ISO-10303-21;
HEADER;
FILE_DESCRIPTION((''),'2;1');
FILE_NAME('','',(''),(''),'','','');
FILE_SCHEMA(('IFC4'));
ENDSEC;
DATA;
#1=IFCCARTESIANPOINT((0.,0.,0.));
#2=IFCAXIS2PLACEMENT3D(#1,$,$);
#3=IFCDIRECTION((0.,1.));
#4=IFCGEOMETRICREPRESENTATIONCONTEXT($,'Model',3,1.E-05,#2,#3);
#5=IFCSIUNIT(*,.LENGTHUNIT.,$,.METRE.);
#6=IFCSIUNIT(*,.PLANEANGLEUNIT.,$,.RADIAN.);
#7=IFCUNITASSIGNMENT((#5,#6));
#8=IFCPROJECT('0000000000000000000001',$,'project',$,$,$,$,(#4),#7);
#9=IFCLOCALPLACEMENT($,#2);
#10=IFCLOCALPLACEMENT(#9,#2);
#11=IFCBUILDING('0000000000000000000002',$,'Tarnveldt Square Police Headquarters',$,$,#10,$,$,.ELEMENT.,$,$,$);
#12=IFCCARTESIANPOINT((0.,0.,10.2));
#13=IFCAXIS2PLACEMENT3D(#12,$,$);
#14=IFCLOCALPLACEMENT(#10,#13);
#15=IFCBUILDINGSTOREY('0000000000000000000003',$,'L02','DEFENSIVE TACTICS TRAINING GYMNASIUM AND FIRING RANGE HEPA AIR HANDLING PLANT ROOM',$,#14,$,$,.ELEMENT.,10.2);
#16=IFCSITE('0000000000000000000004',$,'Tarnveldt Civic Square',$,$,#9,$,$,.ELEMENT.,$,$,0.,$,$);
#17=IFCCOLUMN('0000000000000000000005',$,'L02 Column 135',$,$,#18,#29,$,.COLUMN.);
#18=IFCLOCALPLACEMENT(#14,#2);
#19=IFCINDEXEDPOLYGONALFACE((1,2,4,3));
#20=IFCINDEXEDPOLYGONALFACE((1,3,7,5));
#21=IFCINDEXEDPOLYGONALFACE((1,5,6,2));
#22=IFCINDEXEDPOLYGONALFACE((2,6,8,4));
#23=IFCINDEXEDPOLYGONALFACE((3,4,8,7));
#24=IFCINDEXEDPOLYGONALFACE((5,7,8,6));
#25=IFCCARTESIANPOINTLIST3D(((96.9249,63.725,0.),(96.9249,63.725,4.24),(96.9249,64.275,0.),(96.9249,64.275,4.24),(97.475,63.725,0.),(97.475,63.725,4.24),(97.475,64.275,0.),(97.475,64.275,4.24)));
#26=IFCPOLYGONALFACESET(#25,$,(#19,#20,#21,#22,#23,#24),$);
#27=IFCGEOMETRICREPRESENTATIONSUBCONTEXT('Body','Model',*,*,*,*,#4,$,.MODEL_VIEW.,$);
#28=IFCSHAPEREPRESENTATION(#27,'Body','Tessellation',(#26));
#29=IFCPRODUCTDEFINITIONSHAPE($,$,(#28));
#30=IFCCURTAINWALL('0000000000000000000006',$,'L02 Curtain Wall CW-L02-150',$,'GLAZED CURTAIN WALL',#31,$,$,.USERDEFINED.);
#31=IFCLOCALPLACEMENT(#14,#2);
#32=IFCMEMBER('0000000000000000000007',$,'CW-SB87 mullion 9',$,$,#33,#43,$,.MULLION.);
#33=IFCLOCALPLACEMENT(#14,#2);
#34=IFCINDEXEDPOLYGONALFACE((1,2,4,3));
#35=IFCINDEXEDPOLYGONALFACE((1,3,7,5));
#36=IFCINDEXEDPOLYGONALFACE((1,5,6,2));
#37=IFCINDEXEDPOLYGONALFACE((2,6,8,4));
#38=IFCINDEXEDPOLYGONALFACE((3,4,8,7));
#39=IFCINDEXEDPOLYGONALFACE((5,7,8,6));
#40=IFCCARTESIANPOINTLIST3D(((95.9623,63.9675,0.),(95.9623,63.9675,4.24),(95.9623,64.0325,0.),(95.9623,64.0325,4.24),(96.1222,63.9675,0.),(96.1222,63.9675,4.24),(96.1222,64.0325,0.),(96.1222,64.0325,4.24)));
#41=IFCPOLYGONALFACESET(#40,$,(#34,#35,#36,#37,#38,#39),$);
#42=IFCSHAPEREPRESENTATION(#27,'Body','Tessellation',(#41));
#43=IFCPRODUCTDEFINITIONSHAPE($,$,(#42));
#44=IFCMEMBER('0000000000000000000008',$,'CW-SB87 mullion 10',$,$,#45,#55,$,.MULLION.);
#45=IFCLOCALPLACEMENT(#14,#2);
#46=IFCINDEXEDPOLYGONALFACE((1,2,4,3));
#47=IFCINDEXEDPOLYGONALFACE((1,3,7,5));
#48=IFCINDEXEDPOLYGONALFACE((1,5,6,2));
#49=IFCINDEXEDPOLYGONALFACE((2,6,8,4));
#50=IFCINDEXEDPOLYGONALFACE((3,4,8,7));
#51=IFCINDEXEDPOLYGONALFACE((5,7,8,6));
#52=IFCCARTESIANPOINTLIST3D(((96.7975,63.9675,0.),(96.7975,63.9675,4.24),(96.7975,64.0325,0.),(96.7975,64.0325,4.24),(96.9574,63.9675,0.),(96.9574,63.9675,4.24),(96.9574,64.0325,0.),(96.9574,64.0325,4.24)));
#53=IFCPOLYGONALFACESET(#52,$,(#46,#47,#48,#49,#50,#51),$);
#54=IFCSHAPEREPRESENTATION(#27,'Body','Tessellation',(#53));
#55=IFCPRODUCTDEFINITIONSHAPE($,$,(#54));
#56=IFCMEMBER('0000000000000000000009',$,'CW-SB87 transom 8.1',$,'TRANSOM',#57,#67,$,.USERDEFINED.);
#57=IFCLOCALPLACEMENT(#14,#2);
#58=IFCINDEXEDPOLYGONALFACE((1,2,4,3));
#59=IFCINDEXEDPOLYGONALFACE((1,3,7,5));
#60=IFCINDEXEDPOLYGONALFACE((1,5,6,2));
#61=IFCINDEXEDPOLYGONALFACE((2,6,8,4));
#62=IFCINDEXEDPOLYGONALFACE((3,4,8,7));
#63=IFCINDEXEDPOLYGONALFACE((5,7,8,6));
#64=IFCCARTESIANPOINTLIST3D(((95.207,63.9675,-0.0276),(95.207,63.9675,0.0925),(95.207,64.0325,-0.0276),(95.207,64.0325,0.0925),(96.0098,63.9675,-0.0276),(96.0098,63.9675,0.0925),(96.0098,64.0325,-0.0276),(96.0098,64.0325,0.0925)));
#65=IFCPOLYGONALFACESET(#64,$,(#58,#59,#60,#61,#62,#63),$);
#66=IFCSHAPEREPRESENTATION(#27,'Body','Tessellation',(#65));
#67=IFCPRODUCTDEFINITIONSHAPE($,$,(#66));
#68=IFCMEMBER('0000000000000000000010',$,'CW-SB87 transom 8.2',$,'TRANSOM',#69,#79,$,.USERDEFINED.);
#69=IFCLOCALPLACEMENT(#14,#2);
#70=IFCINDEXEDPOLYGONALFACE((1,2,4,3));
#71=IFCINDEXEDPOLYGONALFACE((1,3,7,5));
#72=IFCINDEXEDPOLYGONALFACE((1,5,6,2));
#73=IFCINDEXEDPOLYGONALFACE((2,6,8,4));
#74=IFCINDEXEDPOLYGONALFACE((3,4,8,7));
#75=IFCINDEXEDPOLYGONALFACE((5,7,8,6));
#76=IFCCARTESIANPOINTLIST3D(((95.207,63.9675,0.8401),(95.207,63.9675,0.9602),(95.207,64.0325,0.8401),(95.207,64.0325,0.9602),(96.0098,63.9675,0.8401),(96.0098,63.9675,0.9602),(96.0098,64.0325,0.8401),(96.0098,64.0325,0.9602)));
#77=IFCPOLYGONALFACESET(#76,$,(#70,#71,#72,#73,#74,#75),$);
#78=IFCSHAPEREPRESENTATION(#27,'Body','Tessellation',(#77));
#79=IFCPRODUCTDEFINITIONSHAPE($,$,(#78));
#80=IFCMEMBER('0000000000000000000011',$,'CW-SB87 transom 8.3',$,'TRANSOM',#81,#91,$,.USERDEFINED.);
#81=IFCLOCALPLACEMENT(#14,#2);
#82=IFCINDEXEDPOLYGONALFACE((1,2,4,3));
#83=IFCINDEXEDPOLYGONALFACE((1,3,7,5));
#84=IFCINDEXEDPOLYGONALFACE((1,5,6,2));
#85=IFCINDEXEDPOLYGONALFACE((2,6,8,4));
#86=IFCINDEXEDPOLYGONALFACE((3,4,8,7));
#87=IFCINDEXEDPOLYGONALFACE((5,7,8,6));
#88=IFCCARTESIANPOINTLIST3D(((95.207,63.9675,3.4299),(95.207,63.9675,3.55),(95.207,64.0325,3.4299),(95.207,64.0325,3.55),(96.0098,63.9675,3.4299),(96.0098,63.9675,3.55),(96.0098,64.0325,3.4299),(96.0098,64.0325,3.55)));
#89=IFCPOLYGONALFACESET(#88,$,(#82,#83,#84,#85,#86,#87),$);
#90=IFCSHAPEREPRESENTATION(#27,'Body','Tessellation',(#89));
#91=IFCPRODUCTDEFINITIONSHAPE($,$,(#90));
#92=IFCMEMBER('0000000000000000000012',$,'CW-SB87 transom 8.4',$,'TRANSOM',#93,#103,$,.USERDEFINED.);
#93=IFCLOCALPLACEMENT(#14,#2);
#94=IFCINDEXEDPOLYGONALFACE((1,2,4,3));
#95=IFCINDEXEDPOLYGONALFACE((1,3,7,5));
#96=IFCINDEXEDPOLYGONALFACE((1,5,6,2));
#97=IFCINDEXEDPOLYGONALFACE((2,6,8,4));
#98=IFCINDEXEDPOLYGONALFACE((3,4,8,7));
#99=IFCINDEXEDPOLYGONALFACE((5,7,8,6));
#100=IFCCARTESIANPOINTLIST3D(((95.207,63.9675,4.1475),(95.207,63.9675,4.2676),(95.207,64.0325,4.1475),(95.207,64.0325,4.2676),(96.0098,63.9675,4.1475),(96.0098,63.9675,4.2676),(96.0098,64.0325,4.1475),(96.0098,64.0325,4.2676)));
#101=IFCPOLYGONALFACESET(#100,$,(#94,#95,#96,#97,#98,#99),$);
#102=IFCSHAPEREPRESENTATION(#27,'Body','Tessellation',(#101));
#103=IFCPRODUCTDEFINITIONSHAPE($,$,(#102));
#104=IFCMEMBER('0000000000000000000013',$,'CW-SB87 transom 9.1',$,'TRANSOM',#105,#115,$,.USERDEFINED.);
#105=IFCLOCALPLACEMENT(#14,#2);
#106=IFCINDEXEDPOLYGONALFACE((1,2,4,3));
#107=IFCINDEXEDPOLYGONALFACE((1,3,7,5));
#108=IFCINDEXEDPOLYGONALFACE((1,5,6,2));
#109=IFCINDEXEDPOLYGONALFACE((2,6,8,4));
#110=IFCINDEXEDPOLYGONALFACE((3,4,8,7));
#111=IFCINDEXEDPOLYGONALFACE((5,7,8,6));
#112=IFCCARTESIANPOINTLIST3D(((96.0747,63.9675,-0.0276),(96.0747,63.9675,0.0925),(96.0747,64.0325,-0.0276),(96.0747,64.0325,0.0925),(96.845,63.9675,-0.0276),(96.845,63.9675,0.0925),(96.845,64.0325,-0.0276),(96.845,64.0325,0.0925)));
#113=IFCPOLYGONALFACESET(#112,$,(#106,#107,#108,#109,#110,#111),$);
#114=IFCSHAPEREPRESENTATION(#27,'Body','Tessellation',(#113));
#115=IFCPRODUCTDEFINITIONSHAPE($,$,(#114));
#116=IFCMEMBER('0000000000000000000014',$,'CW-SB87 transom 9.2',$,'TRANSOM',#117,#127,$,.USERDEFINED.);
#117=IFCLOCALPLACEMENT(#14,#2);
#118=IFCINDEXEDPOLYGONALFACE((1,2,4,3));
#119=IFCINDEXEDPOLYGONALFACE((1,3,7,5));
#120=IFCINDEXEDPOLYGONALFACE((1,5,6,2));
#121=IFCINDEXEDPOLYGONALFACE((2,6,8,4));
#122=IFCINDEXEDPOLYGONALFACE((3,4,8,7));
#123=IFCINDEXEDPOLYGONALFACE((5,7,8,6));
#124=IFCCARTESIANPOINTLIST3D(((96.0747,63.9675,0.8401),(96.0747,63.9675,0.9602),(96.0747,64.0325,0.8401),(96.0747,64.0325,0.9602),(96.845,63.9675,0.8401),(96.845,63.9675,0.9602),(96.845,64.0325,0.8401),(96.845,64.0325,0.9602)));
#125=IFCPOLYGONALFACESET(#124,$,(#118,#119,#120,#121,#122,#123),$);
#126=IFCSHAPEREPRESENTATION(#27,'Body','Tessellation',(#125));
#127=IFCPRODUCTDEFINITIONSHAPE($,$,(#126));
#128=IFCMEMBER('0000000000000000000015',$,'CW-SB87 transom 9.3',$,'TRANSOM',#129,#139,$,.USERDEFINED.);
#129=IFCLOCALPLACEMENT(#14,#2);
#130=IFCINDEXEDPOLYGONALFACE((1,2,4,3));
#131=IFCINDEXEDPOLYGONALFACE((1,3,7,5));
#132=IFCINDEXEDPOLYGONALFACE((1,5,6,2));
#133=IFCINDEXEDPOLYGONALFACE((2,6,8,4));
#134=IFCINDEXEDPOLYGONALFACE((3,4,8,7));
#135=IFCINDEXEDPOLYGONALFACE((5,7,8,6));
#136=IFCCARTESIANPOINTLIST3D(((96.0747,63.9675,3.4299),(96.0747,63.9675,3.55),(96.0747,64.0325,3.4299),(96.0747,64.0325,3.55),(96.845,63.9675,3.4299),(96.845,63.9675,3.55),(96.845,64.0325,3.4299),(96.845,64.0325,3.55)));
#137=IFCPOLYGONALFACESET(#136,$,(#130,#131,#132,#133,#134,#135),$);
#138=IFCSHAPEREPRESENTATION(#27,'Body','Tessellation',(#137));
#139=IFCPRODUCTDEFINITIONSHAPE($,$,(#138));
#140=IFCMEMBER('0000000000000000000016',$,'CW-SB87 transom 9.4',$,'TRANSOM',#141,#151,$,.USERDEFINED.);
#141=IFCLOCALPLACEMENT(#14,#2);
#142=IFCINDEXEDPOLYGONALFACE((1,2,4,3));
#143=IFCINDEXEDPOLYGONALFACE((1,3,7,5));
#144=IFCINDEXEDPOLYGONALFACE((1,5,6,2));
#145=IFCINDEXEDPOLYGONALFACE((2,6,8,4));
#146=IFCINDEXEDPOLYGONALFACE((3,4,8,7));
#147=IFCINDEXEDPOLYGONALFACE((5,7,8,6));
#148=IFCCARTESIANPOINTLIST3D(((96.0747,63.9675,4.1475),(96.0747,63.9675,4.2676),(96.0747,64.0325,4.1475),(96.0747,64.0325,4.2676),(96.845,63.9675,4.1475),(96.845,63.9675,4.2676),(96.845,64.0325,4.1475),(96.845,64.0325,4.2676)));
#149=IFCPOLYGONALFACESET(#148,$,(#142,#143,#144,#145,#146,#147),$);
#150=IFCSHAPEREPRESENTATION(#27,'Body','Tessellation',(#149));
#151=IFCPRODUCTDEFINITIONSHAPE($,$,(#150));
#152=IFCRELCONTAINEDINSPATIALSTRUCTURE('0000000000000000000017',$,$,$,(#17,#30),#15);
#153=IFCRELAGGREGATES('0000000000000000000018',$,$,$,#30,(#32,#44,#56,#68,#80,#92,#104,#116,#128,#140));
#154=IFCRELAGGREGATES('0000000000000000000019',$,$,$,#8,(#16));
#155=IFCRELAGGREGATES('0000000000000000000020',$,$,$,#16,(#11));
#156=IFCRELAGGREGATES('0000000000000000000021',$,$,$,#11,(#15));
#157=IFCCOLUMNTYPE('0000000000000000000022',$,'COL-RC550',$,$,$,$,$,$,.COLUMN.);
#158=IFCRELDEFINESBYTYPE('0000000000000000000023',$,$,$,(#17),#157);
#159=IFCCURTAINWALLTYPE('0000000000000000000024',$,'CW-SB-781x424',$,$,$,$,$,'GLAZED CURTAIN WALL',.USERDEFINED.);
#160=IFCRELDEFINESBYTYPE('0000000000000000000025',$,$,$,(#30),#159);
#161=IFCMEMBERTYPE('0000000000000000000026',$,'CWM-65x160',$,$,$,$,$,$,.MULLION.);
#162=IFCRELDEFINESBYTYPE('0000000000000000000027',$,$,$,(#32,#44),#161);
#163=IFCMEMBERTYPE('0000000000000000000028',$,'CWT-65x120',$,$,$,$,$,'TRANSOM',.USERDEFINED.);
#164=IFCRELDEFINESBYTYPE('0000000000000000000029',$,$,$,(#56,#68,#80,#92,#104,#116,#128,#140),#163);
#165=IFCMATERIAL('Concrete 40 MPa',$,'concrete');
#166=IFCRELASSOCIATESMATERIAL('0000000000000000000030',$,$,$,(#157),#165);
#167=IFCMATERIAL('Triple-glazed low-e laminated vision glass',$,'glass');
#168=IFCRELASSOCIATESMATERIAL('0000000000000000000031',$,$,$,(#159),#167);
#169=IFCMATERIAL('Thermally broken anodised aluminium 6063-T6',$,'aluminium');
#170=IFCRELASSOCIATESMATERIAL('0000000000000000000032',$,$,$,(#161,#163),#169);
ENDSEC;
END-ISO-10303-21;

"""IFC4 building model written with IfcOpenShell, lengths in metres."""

from ifc_helpers import new_model, si_unit, direction, frame, origin, origin_2d, place, context, subcontext, project, spatial, rectangle, extrude, material, material_profile, profile_set, type_object, element, aggregate, save


model = new_model("IFC4")

# Units and contexts
model_context = context("Model", 3, precision=1e-05, world=origin(), true_north=direction((0.0, 1.0)))
body_context = subcontext(model_context, "Body", "Model", "MODEL_VIEW")
ifc_project = project(units=[si_unit("LENGTHUNIT", "METRE"), si_unit("PLANEANGLEUNIT", "RADIAN")], contexts=[model_context])

# Site, building, storey
site_placement = place(None, origin())
site = spatial("IfcSite", under=ifc_project, at=site_placement, Name="Tarnveldt Civic Square", CompositionType="ELEMENT", RefElevation=0.0)
building_placement = place(site_placement, origin())
building = spatial("IfcBuilding", under=site, at=building_placement, Name="Tarnveldt Square Police Headquarters", CompositionType="ELEMENT")
storey_placement = place(building_placement, frame((0.0, 0.0, 10.2)))
storey = spatial("IfcBuildingStorey", under=building, at=storey_placement, Name="L02", Description="DEFENSIVE TACTICS TRAINING GYMNASIUM AND FIRING RANGE HEPA AIR HANDLING PLANT ROOM", CompositionType="ELEMENT", Elevation=10.2)

# Column
ifc_material_1 = material(Name="Concrete 40 MPa", Category="concrete")
ifc_material_profile_1 = material_profile(ifc_material_1, rectangle(XDim=0.55, YDim=0.55, at=origin_2d()), Name="RC-C550x550")
ifc_profile_set_1 = profile_set([ifc_material_profile_1], Name="Concrete 40 MPa")
column_type = type_object("IfcColumnType", Name="COL-RC550", PredefinedType="COLUMN", material=ifc_profile_set_1)
column_placement = place(storey_placement, frame((97.2, 64.0, 0.0), z_axis=(0.0, 0.0, 1.0), x_axis=(1.0, 0.0, 0.0)))
element("IfcColumn", 1, at=column_placement, inside=storey, type_object=column_type, Name="L02 Column 135", PredefinedType="COLUMN", context=body_context, shape_type="SweptSolid", body=[
    extrude(rectangle(XDim=0.55, YDim=0.55, at=origin_2d()), origin(), (0.0, 0.0, 1.0), 4.24),
])

# Curtain wall, members
ifc_material_2 = material(Name="Triple-glazed low-e laminated vision glass", Category="glass")
curtain_wall_type = type_object("IfcCurtainWallType", Name="CW-SB-781x424", ElementType="GLAZED CURTAIN WALL", PredefinedType="USERDEFINED", material=ifc_material_2)
curtain_wall_placement = place(storey_placement, origin())
curtain_wall = element("IfcCurtainWall", 2, at=curtain_wall_placement, inside=storey, type_object=curtain_wall_type, Name="L02 Curtain Wall CW-L02-150", ObjectType="GLAZED CURTAIN WALL", PredefinedType="USERDEFINED")
ifc_material_3 = material(Name="Thermally broken anodised aluminium 6063-T6", Category="aluminium")
ifc_material_profile_2 = material_profile(ifc_material_3, rectangle(XDim=0.0649, YDim=0.1599, at=origin_2d()), Name="CW-M65x160")
ifc_profile_set_2 = profile_set([ifc_material_profile_2], Name="Thermally broken anodised aluminium 6063-T6")
member_type_1 = type_object("IfcMemberType", Name="CWM-65x160", PredefinedType="MULLION", material=ifc_profile_set_2)
member_1_placement = place(storey_placement, frame((96.0422, 64.0, 0.0), z_axis=(0.0, 0.0, 1.0), x_axis=(0.0, 1.0, 0.0)))
member_1 = element("IfcMember", 3, at=member_1_placement, type_object=member_type_1, Name="CW-SB87 mullion 9", PredefinedType="MULLION", context=body_context, shape_type="SweptSolid", body=[
    extrude(rectangle(XDim=0.0649, YDim=0.1599, at=origin_2d()), origin(), (0.0, 0.0, 1.0), 4.24),
])
member_2_placement = place(storey_placement, frame((96.8774, 64.0, 0.0), z_axis=(0.0, 0.0, 1.0), x_axis=(0.0, 1.0, 0.0)))
member_2 = element("IfcMember", 4, at=member_2_placement, type_object=member_type_1, Name="CW-SB87 mullion 10", PredefinedType="MULLION", context=body_context, shape_type="SweptSolid", body=[
    extrude(rectangle(XDim=0.0649, YDim=0.1599, at=origin_2d()), origin(), (0.0, 0.0, 1.0), 4.24),
])
ifc_material_profile_3 = material_profile(ifc_material_3, rectangle(XDim=0.0649, YDim=0.1201, at=origin_2d()), Name="CW-T65x120")
ifc_profile_set_3 = profile_set([ifc_material_profile_3], Name="Thermally broken anodised aluminium 6063-T6")
member_type_2 = type_object("IfcMemberType", Name="CWT-65x120", ElementType="TRANSOM", PredefinedType="USERDEFINED", material=ifc_profile_set_3)
member_3_placement = place(storey_placement, frame((95.207, 64.0, 0.0325), z_axis=(1.0, 0.0, 0.0), x_axis=(0.0, 1.0, 0.0)))
member_3 = element("IfcMember", 5, at=member_3_placement, type_object=member_type_2, Name="CW-SB87 transom 8.1", ObjectType="TRANSOM", PredefinedType="USERDEFINED", context=body_context, shape_type="SweptSolid", body=[
    extrude(rectangle(XDim=0.0649, YDim=0.1201, at=origin_2d()), origin(), (0.0, 0.0, 1.0), 0.8027),
])
member_4_placement = place(storey_placement, frame((95.207, 64.0, 0.9001), z_axis=(1.0, 0.0, 0.0), x_axis=(0.0, 1.0, 0.0)))
member_4 = element("IfcMember", 6, at=member_4_placement, type_object=member_type_2, Name="CW-SB87 transom 8.2", ObjectType="TRANSOM", PredefinedType="USERDEFINED", context=body_context, shape_type="SweptSolid", body=[
    extrude(rectangle(XDim=0.0649, YDim=0.1201, at=origin_2d()), origin(), (0.0, 0.0, 1.0), 0.8027),
])
member_5_placement = place(storey_placement, frame((95.207, 64.0, 3.49), z_axis=(1.0, 0.0, 0.0), x_axis=(0.0, 1.0, 0.0)))
member_5 = element("IfcMember", 7, at=member_5_placement, type_object=member_type_2, Name="CW-SB87 transom 8.3", ObjectType="TRANSOM", PredefinedType="USERDEFINED", context=body_context, shape_type="SweptSolid", body=[
    extrude(rectangle(XDim=0.0649, YDim=0.1201, at=origin_2d()), origin(), (0.0, 0.0, 1.0), 0.8027),
])
member_6_placement = place(storey_placement, frame((95.207, 64.0, 4.2075), z_axis=(1.0, 0.0, 0.0), x_axis=(0.0, 1.0, 0.0)))
member_6 = element("IfcMember", 8, at=member_6_placement, type_object=member_type_2, Name="CW-SB87 transom 8.4", ObjectType="TRANSOM", PredefinedType="USERDEFINED", context=body_context, shape_type="SweptSolid", body=[
    extrude(rectangle(XDim=0.0649, YDim=0.1201, at=origin_2d()), origin(), (0.0, 0.0, 1.0), 0.8027),
])
member_7_placement = place(storey_placement, frame((96.0747, 64.0, 0.0325), z_axis=(1.0, 0.0, 0.0), x_axis=(0.0, 1.0, 0.0)))
member_7 = element("IfcMember", 9, at=member_7_placement, type_object=member_type_2, Name="CW-SB87 transom 9.1", ObjectType="TRANSOM", PredefinedType="USERDEFINED", context=body_context, shape_type="SweptSolid", body=[
    extrude(rectangle(XDim=0.0649, YDim=0.1201, at=origin_2d()), origin(), (0.0, 0.0, 1.0), 0.7703),
])
member_8_placement = place(storey_placement, frame((96.0747, 64.0, 0.9001), z_axis=(1.0, 0.0, 0.0), x_axis=(0.0, 1.0, 0.0)))
member_8 = element("IfcMember", 10, at=member_8_placement, type_object=member_type_2, Name="CW-SB87 transom 9.2", ObjectType="TRANSOM", PredefinedType="USERDEFINED", context=body_context, shape_type="SweptSolid", body=[
    extrude(rectangle(XDim=0.0649, YDim=0.1201, at=origin_2d()), origin(), (0.0, 0.0, 1.0), 0.7703),
])
member_9_placement = place(storey_placement, frame((96.0747, 64.0, 3.49), z_axis=(1.0, 0.0, 0.0), x_axis=(0.0, 1.0, 0.0)))
member_9 = element("IfcMember", 11, at=member_9_placement, type_object=member_type_2, Name="CW-SB87 transom 9.3", ObjectType="TRANSOM", PredefinedType="USERDEFINED", context=body_context, shape_type="SweptSolid", body=[
    extrude(rectangle(XDim=0.0649, YDim=0.1201, at=origin_2d()), origin(), (0.0, 0.0, 1.0), 0.7703),
])
member_10_placement = place(storey_placement, frame((96.0747, 64.0, 4.2075), z_axis=(1.0, 0.0, 0.0), x_axis=(0.0, 1.0, 0.0)))
member_10 = element("IfcMember", 12, at=member_10_placement, type_object=member_type_2, Name="CW-SB87 transom 9.4", ObjectType="TRANSOM", PredefinedType="USERDEFINED", context=body_context, shape_type="SweptSolid", body=[
    extrude(rectangle(XDim=0.0649, YDim=0.1201, at=origin_2d()), origin(), (0.0, 0.0, 1.0), 0.7703),
])

aggregate(curtain_wall, [member_1, member_2, member_3, member_4, member_5, member_6, member_7, member_8, member_9, member_10])

save(model, "model.ifc")
